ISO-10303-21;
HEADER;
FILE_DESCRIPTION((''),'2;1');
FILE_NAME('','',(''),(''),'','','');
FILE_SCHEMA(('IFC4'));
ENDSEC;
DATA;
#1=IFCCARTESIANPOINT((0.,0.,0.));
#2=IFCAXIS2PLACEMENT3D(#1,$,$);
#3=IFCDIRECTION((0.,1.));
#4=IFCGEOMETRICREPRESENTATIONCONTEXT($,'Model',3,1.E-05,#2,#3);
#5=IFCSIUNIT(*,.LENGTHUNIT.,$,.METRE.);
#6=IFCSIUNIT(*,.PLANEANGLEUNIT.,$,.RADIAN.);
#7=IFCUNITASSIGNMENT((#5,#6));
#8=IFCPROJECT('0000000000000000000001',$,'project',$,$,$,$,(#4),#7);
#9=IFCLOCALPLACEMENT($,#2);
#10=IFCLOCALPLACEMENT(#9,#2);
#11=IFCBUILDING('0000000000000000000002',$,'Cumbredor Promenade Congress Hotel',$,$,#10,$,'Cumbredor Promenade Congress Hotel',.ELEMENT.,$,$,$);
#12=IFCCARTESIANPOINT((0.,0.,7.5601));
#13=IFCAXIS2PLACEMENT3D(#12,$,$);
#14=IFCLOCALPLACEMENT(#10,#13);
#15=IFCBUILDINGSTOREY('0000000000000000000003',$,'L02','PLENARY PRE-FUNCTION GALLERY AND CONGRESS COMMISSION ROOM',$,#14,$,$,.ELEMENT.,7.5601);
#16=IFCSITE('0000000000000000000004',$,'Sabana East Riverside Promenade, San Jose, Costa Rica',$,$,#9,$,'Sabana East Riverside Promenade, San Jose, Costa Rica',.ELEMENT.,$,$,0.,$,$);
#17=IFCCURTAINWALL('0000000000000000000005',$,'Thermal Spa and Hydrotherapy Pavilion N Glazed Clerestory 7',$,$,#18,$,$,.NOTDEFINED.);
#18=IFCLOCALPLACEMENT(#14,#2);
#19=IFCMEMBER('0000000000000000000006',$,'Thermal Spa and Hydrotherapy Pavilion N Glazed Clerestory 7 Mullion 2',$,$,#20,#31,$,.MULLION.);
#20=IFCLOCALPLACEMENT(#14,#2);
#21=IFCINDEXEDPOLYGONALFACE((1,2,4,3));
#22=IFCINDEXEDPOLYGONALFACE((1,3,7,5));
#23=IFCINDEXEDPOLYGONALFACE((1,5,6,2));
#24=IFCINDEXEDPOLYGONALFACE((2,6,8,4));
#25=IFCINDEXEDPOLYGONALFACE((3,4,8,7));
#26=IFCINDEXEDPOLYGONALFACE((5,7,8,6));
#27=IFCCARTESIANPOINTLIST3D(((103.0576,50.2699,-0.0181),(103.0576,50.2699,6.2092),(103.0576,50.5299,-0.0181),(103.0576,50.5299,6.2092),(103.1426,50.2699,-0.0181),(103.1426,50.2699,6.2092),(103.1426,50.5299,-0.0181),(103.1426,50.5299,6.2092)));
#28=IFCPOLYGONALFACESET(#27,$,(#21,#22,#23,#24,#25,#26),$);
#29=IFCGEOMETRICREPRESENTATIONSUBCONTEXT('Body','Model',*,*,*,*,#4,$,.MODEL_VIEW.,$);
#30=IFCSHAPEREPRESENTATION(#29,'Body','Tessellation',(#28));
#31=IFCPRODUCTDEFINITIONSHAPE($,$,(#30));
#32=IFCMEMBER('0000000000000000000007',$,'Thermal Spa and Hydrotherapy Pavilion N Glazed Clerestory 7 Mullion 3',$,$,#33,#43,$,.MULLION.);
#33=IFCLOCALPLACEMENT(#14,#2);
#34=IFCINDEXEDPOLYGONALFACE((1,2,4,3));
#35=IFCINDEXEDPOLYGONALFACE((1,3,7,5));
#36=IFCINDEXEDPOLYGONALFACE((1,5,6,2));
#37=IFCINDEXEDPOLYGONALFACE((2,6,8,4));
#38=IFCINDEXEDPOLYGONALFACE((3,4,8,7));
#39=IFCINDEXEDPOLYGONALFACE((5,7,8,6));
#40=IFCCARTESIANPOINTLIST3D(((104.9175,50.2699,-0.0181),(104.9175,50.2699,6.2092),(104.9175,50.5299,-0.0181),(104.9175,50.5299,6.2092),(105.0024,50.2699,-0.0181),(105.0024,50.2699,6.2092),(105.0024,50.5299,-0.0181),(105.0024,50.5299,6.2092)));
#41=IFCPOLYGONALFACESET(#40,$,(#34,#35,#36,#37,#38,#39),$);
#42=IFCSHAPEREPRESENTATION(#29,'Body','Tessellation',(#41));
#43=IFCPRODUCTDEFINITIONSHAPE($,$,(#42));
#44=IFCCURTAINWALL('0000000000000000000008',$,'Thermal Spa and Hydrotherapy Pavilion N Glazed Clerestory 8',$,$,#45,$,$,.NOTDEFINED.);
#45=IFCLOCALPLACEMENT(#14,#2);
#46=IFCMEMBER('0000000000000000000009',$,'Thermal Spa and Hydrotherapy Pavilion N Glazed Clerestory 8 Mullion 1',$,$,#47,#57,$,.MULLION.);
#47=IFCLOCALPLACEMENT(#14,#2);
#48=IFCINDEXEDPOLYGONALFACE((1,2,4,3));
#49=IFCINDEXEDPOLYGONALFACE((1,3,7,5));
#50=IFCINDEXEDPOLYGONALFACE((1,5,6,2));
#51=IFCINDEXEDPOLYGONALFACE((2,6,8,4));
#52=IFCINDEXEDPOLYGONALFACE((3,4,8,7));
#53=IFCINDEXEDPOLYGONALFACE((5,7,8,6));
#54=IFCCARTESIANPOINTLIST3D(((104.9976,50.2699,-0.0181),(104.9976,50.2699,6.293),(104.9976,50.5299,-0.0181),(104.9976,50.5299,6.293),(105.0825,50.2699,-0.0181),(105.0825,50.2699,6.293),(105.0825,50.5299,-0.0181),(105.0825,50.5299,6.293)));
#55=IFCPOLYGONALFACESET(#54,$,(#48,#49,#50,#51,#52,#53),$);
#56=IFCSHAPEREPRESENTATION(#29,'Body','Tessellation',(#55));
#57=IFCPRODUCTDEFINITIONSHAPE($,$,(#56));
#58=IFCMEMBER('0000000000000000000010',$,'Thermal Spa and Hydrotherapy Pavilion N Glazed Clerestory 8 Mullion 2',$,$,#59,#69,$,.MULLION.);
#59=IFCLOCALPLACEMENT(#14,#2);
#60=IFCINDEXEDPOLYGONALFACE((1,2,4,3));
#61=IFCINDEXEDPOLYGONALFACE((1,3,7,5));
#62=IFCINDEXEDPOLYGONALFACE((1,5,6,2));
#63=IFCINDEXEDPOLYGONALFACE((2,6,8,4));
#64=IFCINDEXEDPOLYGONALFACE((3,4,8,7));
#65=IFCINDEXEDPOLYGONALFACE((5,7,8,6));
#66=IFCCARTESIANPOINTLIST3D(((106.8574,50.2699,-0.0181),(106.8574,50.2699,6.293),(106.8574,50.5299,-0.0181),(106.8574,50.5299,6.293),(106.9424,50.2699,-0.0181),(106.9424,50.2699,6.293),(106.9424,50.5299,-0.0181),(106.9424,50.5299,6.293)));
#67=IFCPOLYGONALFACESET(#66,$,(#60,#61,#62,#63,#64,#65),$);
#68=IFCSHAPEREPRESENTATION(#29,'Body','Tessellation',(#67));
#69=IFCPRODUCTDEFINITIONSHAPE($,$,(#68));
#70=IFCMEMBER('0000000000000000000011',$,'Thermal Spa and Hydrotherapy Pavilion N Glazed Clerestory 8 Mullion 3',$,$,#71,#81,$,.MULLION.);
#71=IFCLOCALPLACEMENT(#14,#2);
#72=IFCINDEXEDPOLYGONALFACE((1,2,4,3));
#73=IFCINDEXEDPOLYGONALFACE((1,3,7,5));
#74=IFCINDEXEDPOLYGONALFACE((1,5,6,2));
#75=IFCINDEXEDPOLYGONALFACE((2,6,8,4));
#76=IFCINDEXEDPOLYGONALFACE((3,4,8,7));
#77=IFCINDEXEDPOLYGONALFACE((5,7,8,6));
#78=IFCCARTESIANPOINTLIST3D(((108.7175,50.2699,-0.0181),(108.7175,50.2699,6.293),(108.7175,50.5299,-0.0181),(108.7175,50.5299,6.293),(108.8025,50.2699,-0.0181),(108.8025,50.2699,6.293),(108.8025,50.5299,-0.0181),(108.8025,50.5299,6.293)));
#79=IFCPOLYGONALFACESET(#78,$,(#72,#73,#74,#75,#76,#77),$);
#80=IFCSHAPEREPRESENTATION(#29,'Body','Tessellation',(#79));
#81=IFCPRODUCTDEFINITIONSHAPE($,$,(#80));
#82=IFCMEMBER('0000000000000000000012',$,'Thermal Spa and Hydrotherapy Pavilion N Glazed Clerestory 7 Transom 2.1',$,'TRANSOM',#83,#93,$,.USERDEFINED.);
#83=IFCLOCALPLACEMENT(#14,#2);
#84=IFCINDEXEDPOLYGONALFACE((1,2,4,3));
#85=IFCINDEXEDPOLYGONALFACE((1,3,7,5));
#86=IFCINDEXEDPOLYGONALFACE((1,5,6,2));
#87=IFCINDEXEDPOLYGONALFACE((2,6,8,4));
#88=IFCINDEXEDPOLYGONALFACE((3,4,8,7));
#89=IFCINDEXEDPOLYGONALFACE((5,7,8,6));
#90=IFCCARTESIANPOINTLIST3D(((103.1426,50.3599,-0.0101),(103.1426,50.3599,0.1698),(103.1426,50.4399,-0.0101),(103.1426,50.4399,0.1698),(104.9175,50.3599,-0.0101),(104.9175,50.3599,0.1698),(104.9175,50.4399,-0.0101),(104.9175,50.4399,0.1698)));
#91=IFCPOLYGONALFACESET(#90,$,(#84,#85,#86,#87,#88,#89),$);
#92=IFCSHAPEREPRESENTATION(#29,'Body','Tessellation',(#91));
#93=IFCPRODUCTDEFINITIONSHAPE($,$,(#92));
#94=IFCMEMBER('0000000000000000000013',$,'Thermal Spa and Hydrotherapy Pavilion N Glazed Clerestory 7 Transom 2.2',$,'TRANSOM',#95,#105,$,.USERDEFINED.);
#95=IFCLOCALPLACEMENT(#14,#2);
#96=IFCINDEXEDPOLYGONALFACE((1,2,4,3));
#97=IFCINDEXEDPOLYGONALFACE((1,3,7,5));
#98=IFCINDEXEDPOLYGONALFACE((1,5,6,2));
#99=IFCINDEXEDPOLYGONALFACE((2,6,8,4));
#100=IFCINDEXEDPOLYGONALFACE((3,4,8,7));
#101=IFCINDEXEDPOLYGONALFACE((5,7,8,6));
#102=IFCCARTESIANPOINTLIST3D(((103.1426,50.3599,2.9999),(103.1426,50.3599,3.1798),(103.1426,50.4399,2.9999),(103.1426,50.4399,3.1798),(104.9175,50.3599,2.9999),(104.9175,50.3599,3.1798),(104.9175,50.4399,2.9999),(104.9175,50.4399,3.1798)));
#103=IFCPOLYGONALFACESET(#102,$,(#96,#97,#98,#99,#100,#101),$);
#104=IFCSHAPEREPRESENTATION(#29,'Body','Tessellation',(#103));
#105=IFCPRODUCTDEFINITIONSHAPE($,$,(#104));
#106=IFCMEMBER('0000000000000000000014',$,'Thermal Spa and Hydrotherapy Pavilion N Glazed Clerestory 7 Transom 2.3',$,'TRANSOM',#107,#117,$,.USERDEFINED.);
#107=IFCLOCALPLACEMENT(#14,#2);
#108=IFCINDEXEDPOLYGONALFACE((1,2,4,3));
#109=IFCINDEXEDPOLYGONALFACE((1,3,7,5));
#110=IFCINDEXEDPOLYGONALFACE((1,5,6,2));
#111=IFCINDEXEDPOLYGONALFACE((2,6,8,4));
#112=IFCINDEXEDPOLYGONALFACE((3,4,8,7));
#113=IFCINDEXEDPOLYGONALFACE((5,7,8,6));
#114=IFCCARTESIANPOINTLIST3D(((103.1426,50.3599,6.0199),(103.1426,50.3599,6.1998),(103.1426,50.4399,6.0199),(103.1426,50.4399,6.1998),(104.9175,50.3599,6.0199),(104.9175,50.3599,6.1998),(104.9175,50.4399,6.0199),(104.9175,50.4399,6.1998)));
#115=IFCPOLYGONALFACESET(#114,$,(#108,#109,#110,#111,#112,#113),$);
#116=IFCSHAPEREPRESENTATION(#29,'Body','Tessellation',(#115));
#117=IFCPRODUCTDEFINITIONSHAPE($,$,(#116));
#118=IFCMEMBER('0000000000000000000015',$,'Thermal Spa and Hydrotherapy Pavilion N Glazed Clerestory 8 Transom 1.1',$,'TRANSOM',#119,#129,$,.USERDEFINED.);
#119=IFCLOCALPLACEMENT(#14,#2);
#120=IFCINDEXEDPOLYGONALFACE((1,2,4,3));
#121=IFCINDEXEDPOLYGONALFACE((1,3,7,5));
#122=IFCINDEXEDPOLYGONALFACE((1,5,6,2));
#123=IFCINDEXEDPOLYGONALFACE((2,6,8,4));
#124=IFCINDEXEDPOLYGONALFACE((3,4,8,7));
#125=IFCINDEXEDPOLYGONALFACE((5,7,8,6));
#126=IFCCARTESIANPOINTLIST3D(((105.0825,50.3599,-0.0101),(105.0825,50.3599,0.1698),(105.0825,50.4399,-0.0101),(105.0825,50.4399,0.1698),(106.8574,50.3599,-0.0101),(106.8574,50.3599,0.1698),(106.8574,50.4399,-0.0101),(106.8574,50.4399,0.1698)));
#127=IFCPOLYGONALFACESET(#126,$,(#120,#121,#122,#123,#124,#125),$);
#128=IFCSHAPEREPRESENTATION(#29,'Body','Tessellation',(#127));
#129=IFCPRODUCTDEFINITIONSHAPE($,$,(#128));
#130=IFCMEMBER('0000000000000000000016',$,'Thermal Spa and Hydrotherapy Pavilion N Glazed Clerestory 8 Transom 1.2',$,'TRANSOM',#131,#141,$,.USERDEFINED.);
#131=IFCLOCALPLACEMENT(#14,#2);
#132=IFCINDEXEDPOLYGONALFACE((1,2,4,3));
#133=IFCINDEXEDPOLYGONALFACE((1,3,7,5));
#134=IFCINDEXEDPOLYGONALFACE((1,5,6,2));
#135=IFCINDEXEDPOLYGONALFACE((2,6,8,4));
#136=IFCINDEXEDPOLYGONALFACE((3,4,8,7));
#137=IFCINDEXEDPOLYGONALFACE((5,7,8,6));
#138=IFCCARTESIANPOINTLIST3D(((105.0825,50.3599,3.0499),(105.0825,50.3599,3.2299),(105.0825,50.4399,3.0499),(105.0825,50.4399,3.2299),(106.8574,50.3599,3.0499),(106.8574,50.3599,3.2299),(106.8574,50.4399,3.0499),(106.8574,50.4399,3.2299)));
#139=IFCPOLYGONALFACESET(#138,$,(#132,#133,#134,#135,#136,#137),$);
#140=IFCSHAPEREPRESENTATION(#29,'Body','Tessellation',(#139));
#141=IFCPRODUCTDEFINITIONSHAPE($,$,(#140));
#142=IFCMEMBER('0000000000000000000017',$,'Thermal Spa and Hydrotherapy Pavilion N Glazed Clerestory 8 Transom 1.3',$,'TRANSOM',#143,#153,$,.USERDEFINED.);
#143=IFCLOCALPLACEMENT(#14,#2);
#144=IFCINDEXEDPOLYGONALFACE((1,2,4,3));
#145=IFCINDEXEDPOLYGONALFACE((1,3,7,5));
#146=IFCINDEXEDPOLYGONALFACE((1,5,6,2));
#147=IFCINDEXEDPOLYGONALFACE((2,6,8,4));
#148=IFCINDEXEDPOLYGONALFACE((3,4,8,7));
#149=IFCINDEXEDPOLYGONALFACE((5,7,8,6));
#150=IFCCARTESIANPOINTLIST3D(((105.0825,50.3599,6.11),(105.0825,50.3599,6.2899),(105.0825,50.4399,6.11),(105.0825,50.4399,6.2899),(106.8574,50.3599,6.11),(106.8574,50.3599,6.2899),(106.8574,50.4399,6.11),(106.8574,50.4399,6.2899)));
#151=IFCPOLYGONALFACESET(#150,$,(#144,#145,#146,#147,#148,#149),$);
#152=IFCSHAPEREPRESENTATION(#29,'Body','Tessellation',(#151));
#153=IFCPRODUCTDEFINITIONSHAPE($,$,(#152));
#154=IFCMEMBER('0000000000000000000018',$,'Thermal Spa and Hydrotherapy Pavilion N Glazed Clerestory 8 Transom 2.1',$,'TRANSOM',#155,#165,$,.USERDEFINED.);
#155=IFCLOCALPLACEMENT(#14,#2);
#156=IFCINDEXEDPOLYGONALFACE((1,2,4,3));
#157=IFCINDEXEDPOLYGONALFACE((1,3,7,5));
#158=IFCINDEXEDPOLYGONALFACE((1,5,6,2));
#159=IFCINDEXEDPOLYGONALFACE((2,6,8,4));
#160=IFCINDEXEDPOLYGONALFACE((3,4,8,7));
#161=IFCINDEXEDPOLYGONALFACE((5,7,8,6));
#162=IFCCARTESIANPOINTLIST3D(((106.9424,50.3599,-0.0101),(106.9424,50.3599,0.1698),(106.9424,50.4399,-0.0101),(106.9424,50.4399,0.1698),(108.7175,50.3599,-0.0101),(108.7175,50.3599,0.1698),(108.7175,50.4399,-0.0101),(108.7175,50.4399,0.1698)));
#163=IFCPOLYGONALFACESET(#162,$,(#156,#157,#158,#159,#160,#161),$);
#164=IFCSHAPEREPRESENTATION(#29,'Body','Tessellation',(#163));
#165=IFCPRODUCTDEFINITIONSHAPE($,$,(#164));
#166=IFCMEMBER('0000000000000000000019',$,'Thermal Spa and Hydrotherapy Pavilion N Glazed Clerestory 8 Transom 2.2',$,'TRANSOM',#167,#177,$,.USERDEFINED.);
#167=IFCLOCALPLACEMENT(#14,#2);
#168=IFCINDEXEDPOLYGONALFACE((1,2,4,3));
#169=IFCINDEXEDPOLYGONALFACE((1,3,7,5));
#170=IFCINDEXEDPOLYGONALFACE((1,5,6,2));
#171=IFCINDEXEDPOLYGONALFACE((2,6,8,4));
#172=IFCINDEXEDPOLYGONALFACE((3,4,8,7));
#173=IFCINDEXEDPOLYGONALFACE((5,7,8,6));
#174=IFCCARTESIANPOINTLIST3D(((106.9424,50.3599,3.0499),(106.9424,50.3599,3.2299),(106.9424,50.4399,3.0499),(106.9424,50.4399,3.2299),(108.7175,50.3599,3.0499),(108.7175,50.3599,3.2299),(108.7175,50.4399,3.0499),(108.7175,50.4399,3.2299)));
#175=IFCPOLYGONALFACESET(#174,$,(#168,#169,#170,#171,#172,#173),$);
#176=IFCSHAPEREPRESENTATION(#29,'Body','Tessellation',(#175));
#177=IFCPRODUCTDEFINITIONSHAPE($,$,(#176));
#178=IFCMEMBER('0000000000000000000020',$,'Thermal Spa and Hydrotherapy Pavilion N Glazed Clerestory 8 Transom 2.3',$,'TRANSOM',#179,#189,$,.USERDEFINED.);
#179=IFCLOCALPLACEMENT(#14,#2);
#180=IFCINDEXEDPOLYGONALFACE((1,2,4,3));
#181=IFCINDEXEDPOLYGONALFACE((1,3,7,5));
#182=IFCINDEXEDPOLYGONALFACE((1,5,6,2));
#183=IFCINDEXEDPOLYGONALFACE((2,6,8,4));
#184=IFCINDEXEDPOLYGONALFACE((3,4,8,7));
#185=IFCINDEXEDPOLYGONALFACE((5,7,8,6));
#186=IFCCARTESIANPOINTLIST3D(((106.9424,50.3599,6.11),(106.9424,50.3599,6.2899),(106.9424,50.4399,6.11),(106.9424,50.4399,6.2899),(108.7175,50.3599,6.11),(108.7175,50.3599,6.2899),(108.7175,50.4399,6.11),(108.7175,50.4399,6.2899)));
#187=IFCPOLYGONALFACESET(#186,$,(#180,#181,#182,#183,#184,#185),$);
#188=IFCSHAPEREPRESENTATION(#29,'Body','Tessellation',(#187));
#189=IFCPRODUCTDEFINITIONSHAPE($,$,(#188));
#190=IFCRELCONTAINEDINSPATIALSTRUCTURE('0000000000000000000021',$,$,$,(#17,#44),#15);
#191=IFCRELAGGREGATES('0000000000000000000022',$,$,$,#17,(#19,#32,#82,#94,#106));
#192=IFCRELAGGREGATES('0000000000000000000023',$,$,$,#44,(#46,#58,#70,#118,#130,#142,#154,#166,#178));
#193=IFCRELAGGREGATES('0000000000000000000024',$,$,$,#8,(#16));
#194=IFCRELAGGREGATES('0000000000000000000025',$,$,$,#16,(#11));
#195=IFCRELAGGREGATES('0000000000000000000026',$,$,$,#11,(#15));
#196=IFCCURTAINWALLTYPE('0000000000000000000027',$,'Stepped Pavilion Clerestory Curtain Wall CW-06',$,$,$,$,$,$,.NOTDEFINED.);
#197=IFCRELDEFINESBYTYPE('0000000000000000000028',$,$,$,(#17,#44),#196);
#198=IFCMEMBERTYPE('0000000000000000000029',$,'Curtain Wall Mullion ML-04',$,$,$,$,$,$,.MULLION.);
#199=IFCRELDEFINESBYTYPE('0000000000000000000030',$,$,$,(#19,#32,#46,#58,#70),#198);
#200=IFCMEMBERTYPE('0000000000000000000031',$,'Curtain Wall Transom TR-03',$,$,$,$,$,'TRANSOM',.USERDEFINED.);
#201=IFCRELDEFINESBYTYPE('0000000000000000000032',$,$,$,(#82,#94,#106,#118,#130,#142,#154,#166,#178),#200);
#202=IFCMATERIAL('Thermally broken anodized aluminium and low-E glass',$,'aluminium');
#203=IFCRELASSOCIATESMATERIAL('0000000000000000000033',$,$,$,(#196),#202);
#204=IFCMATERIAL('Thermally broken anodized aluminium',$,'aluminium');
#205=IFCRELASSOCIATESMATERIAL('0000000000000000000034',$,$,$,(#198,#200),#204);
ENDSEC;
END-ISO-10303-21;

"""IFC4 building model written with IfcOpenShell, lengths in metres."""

from ifc_helpers import new_model, si_unit, direction, frame, origin, origin_2d, place, context, subcontext, project, spatial, rectangle, extrude, material, material_profile, profile_set, type_object, element, aggregate, save


model = new_model("IFC4")

# Units and contexts
model_context = context("Model", 3, precision=1e-05, world=origin(), true_north=direction((0.0, 1.0)))
body_context = subcontext(model_context, "Body", "Model", "MODEL_VIEW")
ifc_project = project(units=[si_unit("LENGTHUNIT", "METRE"), si_unit("PLANEANGLEUNIT", "RADIAN")], contexts=[model_context])

# Site, building, storey
site_placement = place(None, origin())
site = spatial("IfcSite", under=ifc_project, at=site_placement, Name="Sabana East Riverside Promenade, San Jose, Costa Rica", LongName="Sabana East Riverside Promenade, San Jose, Costa Rica", CompositionType="ELEMENT", RefElevation=0.0)
building_placement = place(site_placement, origin())
building = spatial("IfcBuilding", under=site, at=building_placement, Name="Cumbredor Promenade Congress Hotel", LongName="Cumbredor Promenade Congress Hotel", CompositionType="ELEMENT")
storey_placement = place(building_placement, frame((0.0, 0.0, 7.5601)))
storey = spatial("IfcBuildingStorey", under=building, at=storey_placement, Name="L02", Description="PLENARY PRE-FUNCTION GALLERY AND CONGRESS COMMISSION ROOM", CompositionType="ELEMENT", Elevation=7.5601)

# Curtain walls, members
ifc_material_1 = material(Name="Thermally broken anodized aluminium and low-E glass", Category="aluminium")
curtain_wall_type = type_object("IfcCurtainWallType", Name="Stepped Pavilion Clerestory Curtain Wall CW-06", PredefinedType="NOTDEFINED", material=ifc_material_1)
curtain_wall_1_placement = place(storey_placement, origin())
curtain_wall_1 = element("IfcCurtainWall", 1, at=curtain_wall_1_placement, inside=storey, type_object=curtain_wall_type, Name="Thermal Spa and Hydrotherapy Pavilion N Glazed Clerestory 7", PredefinedType="NOTDEFINED")
ifc_material_2 = material(Name="Thermally broken anodized aluminium", Category="aluminium")
ifc_material_profile_1 = material_profile(ifc_material_2, rectangle(XDim=0.085, YDim=0.26, at=origin_2d()), Name="ALU MULLION CLERESTORY 85x260")
ifc_profile_set_1 = profile_set([ifc_material_profile_1], Name="Thermally broken anodized aluminium")
member_type_1 = type_object("IfcMemberType", Name="Curtain Wall Mullion ML-04", PredefinedType="MULLION", material=ifc_profile_set_1)
member_1_placement = place(storey_placement, frame((103.1001, 50.3999, -0.0181), z_axis=(0.0, 0.0, 1.0), x_axis=(1.0, 0.0, 0.0)))
member_1 = element("IfcMember", 2, at=member_1_placement, type_object=member_type_1, Name="Thermal Spa and Hydrotherapy Pavilion N Glazed Clerestory 7 Mullion 2", PredefinedType="MULLION", context=body_context, shape_type="SweptSolid", body=[
    extrude(rectangle(XDim=0.085, YDim=0.26, at=origin_2d()), origin(), (0.0, 0.0, 1.0), 6.2273),
])
member_2_placement = place(storey_placement, frame((104.96, 50.3999, -0.0181), z_axis=(0.0, 0.0, 1.0), x_axis=(1.0, 0.0, 0.0)))
member_2 = element("IfcMember", 3, at=member_2_placement, type_object=member_type_1, Name="Thermal Spa and Hydrotherapy Pavilion N Glazed Clerestory 7 Mullion 3", PredefinedType="MULLION", context=body_context, shape_type="SweptSolid", body=[
    extrude(rectangle(XDim=0.085, YDim=0.26, at=origin_2d()), origin(), (0.0, 0.0, 1.0), 6.2273),
])
curtain_wall_2_placement = place(storey_placement, origin())
curtain_wall_2 = element("IfcCurtainWall", 4, at=curtain_wall_2_placement, inside=storey, type_object=curtain_wall_type, Name="Thermal Spa and Hydrotherapy Pavilion N Glazed Clerestory 8", PredefinedType="NOTDEFINED")
member_3_placement = place(storey_placement, frame((105.04, 50.3999, -0.0181), z_axis=(0.0, 0.0, 1.0), x_axis=(1.0, 0.0, 0.0)))
member_3 = element("IfcMember", 5, at=member_3_placement, type_object=member_type_1, Name="Thermal Spa and Hydrotherapy Pavilion N Glazed Clerestory 8 Mullion 1", PredefinedType="MULLION", context=body_context, shape_type="SweptSolid", body=[
    extrude(rectangle(XDim=0.085, YDim=0.26, at=origin_2d()), origin(), (0.0, 0.0, 1.0), 6.311),
])
member_4_placement = place(storey_placement, frame((106.8999, 50.3999, -0.0181), z_axis=(0.0, 0.0, 1.0), x_axis=(1.0, 0.0, 0.0)))
member_4 = element("IfcMember", 6, at=member_4_placement, type_object=member_type_1, Name="Thermal Spa and Hydrotherapy Pavilion N Glazed Clerestory 8 Mullion 2", PredefinedType="MULLION", context=body_context, shape_type="SweptSolid", body=[
    extrude(rectangle(XDim=0.085, YDim=0.26, at=origin_2d()), origin(), (0.0, 0.0, 1.0), 6.311),
])
member_5_placement = place(storey_placement, frame((108.76, 50.3999, -0.0181), z_axis=(0.0, 0.0, 1.0), x_axis=(1.0, 0.0, 0.0)))
member_5 = element("IfcMember", 7, at=member_5_placement, type_object=member_type_1, Name="Thermal Spa and Hydrotherapy Pavilion N Glazed Clerestory 8 Mullion 3", PredefinedType="MULLION", context=body_context, shape_type="SweptSolid", body=[
    extrude(rectangle(XDim=0.085, YDim=0.26, at=origin_2d()), origin(), (0.0, 0.0, 1.0), 6.311),
])

# Members
ifc_material_profile_2 = material_profile(ifc_material_2, rectangle(XDim=0.0801, YDim=0.1799, at=origin_2d()), Name="ALU TRANSOM 80x180")
ifc_profile_set_2 = profile_set([ifc_material_profile_2], Name="Thermally broken anodized aluminium")
member_type_2 = type_object("IfcMemberType", Name="Curtain Wall Transom TR-03", ElementType="TRANSOM", PredefinedType="USERDEFINED", material=ifc_profile_set_2)
member_6_placement = place(storey_placement, frame((103.1426, 50.3999, 0.0798), z_axis=(1.0, 0.0, 0.0), x_axis=(0.0, 1.0, 0.0)))
member_6 = element("IfcMember", 8, at=member_6_placement, type_object=member_type_2, Name="Thermal Spa and Hydrotherapy Pavilion N Glazed Clerestory 7 Transom 2.1", ObjectType="TRANSOM", PredefinedType="USERDEFINED", context=body_context, shape_type="SweptSolid", body=[
    extrude(rectangle(XDim=0.0801, YDim=0.1799, at=origin_2d()), origin(), (0.0, 0.0, 1.0), 1.7749),
])
member_7_placement = place(storey_placement, frame((103.1426, 50.3999, 3.0898), z_axis=(1.0, 0.0, 0.0), x_axis=(0.0, 1.0, 0.0)))
member_7 = element("IfcMember", 9, at=member_7_placement, type_object=member_type_2, Name="Thermal Spa and Hydrotherapy Pavilion N Glazed Clerestory 7 Transom 2.2", ObjectType="TRANSOM", PredefinedType="USERDEFINED", context=body_context, shape_type="SweptSolid", body=[
    extrude(rectangle(XDim=0.0801, YDim=0.1799, at=origin_2d()), origin(), (0.0, 0.0, 1.0), 1.7749),
])
member_8_placement = place(storey_placement, frame((103.1426, 50.3999, 6.1099), z_axis=(1.0, 0.0, 0.0), x_axis=(0.0, 1.0, 0.0)))
member_8 = element("IfcMember", 10, at=member_8_placement, type_object=member_type_2, Name="Thermal Spa and Hydrotherapy Pavilion N Glazed Clerestory 7 Transom 2.3", ObjectType="TRANSOM", PredefinedType="USERDEFINED", context=body_context, shape_type="SweptSolid", body=[
    extrude(rectangle(XDim=0.0801, YDim=0.1799, at=origin_2d()), origin(), (0.0, 0.0, 1.0), 1.7749),
])
member_9_placement = place(storey_placement, frame((105.0825, 50.3999, 0.0798), z_axis=(1.0, 0.0, 0.0), x_axis=(0.0, 1.0, 0.0)))
member_9 = element("IfcMember", 11, at=member_9_placement, type_object=member_type_2, Name="Thermal Spa and Hydrotherapy Pavilion N Glazed Clerestory 8 Transom 1.1", ObjectType="TRANSOM", PredefinedType="USERDEFINED", context=body_context, shape_type="SweptSolid", body=[
    extrude(rectangle(XDim=0.0801, YDim=0.1799, at=origin_2d()), origin(), (0.0, 0.0, 1.0), 1.7749),
])
member_10_placement = place(storey_placement, frame((105.0825, 50.3999, 3.1399), z_axis=(1.0, 0.0, 0.0), x_axis=(0.0, 1.0, 0.0)))
member_10 = element("IfcMember", 12, at=member_10_placement, type_object=member_type_2, Name="Thermal Spa and Hydrotherapy Pavilion N Glazed Clerestory 8 Transom 1.2", ObjectType="TRANSOM", PredefinedType="USERDEFINED", context=body_context, shape_type="SweptSolid", body=[
    extrude(rectangle(XDim=0.0801, YDim=0.1799, at=origin_2d()), origin(), (0.0, 0.0, 1.0), 1.7749),
])
member_11_placement = place(storey_placement, frame((105.0825, 50.3999, 6.2), z_axis=(1.0, 0.0, 0.0), x_axis=(0.0, 1.0, 0.0)))
member_11 = element("IfcMember", 13, at=member_11_placement, type_object=member_type_2, Name="Thermal Spa and Hydrotherapy Pavilion N Glazed Clerestory 8 Transom 1.3", ObjectType="TRANSOM", PredefinedType="USERDEFINED", context=body_context, shape_type="SweptSolid", body=[
    extrude(rectangle(XDim=0.0801, YDim=0.1799, at=origin_2d()), origin(), (0.0, 0.0, 1.0), 1.7749),
])
member_12_placement = place(storey_placement, frame((106.9424, 50.3999, 0.0798), z_axis=(1.0, 0.0, 0.0), x_axis=(0.0, 1.0, 0.0)))
member_12 = element("IfcMember", 14, at=member_12_placement, type_object=member_type_2, Name="Thermal Spa and Hydrotherapy Pavilion N Glazed Clerestory 8 Transom 2.1", ObjectType="TRANSOM", PredefinedType="USERDEFINED", context=body_context, shape_type="SweptSolid", body=[
    extrude(rectangle(XDim=0.0801, YDim=0.1799, at=origin_2d()), origin(), (0.0, 0.0, 1.0), 1.7751),
])
member_13_placement = place(storey_placement, frame((106.9424, 50.3999, 3.1399), z_axis=(1.0, 0.0, 0.0), x_axis=(0.0, 1.0, 0.0)))
member_13 = element("IfcMember", 15, at=member_13_placement, type_object=member_type_2, Name="Thermal Spa and Hydrotherapy Pavilion N Glazed Clerestory 8 Transom 2.2", ObjectType="TRANSOM", PredefinedType="USERDEFINED", context=body_context, shape_type="SweptSolid", body=[
    extrude(rectangle(XDim=0.0801, YDim=0.1799, at=origin_2d()), origin(), (0.0, 0.0, 1.0), 1.7751),
])
member_14_placement = place(storey_placement, frame((106.9424, 50.3999, 6.2), z_axis=(1.0, 0.0, 0.0), x_axis=(0.0, 1.0, 0.0)))
member_14 = element("IfcMember", 16, at=member_14_placement, type_object=member_type_2, Name="Thermal Spa and Hydrotherapy Pavilion N Glazed Clerestory 8 Transom 2.3", ObjectType="TRANSOM", PredefinedType="USERDEFINED", context=body_context, shape_type="SweptSolid", body=[
    extrude(rectangle(XDim=0.0801, YDim=0.1799, at=origin_2d()), origin(), (0.0, 0.0, 1.0), 1.7751),
])

aggregate(curtain_wall_1, [member_1, member_2, member_6, member_7, member_8])
aggregate(curtain_wall_2, [member_3, member_4, member_5, member_9, member_10, member_11, member_12, member_13, member_14])

save(model, "model.ifc")
